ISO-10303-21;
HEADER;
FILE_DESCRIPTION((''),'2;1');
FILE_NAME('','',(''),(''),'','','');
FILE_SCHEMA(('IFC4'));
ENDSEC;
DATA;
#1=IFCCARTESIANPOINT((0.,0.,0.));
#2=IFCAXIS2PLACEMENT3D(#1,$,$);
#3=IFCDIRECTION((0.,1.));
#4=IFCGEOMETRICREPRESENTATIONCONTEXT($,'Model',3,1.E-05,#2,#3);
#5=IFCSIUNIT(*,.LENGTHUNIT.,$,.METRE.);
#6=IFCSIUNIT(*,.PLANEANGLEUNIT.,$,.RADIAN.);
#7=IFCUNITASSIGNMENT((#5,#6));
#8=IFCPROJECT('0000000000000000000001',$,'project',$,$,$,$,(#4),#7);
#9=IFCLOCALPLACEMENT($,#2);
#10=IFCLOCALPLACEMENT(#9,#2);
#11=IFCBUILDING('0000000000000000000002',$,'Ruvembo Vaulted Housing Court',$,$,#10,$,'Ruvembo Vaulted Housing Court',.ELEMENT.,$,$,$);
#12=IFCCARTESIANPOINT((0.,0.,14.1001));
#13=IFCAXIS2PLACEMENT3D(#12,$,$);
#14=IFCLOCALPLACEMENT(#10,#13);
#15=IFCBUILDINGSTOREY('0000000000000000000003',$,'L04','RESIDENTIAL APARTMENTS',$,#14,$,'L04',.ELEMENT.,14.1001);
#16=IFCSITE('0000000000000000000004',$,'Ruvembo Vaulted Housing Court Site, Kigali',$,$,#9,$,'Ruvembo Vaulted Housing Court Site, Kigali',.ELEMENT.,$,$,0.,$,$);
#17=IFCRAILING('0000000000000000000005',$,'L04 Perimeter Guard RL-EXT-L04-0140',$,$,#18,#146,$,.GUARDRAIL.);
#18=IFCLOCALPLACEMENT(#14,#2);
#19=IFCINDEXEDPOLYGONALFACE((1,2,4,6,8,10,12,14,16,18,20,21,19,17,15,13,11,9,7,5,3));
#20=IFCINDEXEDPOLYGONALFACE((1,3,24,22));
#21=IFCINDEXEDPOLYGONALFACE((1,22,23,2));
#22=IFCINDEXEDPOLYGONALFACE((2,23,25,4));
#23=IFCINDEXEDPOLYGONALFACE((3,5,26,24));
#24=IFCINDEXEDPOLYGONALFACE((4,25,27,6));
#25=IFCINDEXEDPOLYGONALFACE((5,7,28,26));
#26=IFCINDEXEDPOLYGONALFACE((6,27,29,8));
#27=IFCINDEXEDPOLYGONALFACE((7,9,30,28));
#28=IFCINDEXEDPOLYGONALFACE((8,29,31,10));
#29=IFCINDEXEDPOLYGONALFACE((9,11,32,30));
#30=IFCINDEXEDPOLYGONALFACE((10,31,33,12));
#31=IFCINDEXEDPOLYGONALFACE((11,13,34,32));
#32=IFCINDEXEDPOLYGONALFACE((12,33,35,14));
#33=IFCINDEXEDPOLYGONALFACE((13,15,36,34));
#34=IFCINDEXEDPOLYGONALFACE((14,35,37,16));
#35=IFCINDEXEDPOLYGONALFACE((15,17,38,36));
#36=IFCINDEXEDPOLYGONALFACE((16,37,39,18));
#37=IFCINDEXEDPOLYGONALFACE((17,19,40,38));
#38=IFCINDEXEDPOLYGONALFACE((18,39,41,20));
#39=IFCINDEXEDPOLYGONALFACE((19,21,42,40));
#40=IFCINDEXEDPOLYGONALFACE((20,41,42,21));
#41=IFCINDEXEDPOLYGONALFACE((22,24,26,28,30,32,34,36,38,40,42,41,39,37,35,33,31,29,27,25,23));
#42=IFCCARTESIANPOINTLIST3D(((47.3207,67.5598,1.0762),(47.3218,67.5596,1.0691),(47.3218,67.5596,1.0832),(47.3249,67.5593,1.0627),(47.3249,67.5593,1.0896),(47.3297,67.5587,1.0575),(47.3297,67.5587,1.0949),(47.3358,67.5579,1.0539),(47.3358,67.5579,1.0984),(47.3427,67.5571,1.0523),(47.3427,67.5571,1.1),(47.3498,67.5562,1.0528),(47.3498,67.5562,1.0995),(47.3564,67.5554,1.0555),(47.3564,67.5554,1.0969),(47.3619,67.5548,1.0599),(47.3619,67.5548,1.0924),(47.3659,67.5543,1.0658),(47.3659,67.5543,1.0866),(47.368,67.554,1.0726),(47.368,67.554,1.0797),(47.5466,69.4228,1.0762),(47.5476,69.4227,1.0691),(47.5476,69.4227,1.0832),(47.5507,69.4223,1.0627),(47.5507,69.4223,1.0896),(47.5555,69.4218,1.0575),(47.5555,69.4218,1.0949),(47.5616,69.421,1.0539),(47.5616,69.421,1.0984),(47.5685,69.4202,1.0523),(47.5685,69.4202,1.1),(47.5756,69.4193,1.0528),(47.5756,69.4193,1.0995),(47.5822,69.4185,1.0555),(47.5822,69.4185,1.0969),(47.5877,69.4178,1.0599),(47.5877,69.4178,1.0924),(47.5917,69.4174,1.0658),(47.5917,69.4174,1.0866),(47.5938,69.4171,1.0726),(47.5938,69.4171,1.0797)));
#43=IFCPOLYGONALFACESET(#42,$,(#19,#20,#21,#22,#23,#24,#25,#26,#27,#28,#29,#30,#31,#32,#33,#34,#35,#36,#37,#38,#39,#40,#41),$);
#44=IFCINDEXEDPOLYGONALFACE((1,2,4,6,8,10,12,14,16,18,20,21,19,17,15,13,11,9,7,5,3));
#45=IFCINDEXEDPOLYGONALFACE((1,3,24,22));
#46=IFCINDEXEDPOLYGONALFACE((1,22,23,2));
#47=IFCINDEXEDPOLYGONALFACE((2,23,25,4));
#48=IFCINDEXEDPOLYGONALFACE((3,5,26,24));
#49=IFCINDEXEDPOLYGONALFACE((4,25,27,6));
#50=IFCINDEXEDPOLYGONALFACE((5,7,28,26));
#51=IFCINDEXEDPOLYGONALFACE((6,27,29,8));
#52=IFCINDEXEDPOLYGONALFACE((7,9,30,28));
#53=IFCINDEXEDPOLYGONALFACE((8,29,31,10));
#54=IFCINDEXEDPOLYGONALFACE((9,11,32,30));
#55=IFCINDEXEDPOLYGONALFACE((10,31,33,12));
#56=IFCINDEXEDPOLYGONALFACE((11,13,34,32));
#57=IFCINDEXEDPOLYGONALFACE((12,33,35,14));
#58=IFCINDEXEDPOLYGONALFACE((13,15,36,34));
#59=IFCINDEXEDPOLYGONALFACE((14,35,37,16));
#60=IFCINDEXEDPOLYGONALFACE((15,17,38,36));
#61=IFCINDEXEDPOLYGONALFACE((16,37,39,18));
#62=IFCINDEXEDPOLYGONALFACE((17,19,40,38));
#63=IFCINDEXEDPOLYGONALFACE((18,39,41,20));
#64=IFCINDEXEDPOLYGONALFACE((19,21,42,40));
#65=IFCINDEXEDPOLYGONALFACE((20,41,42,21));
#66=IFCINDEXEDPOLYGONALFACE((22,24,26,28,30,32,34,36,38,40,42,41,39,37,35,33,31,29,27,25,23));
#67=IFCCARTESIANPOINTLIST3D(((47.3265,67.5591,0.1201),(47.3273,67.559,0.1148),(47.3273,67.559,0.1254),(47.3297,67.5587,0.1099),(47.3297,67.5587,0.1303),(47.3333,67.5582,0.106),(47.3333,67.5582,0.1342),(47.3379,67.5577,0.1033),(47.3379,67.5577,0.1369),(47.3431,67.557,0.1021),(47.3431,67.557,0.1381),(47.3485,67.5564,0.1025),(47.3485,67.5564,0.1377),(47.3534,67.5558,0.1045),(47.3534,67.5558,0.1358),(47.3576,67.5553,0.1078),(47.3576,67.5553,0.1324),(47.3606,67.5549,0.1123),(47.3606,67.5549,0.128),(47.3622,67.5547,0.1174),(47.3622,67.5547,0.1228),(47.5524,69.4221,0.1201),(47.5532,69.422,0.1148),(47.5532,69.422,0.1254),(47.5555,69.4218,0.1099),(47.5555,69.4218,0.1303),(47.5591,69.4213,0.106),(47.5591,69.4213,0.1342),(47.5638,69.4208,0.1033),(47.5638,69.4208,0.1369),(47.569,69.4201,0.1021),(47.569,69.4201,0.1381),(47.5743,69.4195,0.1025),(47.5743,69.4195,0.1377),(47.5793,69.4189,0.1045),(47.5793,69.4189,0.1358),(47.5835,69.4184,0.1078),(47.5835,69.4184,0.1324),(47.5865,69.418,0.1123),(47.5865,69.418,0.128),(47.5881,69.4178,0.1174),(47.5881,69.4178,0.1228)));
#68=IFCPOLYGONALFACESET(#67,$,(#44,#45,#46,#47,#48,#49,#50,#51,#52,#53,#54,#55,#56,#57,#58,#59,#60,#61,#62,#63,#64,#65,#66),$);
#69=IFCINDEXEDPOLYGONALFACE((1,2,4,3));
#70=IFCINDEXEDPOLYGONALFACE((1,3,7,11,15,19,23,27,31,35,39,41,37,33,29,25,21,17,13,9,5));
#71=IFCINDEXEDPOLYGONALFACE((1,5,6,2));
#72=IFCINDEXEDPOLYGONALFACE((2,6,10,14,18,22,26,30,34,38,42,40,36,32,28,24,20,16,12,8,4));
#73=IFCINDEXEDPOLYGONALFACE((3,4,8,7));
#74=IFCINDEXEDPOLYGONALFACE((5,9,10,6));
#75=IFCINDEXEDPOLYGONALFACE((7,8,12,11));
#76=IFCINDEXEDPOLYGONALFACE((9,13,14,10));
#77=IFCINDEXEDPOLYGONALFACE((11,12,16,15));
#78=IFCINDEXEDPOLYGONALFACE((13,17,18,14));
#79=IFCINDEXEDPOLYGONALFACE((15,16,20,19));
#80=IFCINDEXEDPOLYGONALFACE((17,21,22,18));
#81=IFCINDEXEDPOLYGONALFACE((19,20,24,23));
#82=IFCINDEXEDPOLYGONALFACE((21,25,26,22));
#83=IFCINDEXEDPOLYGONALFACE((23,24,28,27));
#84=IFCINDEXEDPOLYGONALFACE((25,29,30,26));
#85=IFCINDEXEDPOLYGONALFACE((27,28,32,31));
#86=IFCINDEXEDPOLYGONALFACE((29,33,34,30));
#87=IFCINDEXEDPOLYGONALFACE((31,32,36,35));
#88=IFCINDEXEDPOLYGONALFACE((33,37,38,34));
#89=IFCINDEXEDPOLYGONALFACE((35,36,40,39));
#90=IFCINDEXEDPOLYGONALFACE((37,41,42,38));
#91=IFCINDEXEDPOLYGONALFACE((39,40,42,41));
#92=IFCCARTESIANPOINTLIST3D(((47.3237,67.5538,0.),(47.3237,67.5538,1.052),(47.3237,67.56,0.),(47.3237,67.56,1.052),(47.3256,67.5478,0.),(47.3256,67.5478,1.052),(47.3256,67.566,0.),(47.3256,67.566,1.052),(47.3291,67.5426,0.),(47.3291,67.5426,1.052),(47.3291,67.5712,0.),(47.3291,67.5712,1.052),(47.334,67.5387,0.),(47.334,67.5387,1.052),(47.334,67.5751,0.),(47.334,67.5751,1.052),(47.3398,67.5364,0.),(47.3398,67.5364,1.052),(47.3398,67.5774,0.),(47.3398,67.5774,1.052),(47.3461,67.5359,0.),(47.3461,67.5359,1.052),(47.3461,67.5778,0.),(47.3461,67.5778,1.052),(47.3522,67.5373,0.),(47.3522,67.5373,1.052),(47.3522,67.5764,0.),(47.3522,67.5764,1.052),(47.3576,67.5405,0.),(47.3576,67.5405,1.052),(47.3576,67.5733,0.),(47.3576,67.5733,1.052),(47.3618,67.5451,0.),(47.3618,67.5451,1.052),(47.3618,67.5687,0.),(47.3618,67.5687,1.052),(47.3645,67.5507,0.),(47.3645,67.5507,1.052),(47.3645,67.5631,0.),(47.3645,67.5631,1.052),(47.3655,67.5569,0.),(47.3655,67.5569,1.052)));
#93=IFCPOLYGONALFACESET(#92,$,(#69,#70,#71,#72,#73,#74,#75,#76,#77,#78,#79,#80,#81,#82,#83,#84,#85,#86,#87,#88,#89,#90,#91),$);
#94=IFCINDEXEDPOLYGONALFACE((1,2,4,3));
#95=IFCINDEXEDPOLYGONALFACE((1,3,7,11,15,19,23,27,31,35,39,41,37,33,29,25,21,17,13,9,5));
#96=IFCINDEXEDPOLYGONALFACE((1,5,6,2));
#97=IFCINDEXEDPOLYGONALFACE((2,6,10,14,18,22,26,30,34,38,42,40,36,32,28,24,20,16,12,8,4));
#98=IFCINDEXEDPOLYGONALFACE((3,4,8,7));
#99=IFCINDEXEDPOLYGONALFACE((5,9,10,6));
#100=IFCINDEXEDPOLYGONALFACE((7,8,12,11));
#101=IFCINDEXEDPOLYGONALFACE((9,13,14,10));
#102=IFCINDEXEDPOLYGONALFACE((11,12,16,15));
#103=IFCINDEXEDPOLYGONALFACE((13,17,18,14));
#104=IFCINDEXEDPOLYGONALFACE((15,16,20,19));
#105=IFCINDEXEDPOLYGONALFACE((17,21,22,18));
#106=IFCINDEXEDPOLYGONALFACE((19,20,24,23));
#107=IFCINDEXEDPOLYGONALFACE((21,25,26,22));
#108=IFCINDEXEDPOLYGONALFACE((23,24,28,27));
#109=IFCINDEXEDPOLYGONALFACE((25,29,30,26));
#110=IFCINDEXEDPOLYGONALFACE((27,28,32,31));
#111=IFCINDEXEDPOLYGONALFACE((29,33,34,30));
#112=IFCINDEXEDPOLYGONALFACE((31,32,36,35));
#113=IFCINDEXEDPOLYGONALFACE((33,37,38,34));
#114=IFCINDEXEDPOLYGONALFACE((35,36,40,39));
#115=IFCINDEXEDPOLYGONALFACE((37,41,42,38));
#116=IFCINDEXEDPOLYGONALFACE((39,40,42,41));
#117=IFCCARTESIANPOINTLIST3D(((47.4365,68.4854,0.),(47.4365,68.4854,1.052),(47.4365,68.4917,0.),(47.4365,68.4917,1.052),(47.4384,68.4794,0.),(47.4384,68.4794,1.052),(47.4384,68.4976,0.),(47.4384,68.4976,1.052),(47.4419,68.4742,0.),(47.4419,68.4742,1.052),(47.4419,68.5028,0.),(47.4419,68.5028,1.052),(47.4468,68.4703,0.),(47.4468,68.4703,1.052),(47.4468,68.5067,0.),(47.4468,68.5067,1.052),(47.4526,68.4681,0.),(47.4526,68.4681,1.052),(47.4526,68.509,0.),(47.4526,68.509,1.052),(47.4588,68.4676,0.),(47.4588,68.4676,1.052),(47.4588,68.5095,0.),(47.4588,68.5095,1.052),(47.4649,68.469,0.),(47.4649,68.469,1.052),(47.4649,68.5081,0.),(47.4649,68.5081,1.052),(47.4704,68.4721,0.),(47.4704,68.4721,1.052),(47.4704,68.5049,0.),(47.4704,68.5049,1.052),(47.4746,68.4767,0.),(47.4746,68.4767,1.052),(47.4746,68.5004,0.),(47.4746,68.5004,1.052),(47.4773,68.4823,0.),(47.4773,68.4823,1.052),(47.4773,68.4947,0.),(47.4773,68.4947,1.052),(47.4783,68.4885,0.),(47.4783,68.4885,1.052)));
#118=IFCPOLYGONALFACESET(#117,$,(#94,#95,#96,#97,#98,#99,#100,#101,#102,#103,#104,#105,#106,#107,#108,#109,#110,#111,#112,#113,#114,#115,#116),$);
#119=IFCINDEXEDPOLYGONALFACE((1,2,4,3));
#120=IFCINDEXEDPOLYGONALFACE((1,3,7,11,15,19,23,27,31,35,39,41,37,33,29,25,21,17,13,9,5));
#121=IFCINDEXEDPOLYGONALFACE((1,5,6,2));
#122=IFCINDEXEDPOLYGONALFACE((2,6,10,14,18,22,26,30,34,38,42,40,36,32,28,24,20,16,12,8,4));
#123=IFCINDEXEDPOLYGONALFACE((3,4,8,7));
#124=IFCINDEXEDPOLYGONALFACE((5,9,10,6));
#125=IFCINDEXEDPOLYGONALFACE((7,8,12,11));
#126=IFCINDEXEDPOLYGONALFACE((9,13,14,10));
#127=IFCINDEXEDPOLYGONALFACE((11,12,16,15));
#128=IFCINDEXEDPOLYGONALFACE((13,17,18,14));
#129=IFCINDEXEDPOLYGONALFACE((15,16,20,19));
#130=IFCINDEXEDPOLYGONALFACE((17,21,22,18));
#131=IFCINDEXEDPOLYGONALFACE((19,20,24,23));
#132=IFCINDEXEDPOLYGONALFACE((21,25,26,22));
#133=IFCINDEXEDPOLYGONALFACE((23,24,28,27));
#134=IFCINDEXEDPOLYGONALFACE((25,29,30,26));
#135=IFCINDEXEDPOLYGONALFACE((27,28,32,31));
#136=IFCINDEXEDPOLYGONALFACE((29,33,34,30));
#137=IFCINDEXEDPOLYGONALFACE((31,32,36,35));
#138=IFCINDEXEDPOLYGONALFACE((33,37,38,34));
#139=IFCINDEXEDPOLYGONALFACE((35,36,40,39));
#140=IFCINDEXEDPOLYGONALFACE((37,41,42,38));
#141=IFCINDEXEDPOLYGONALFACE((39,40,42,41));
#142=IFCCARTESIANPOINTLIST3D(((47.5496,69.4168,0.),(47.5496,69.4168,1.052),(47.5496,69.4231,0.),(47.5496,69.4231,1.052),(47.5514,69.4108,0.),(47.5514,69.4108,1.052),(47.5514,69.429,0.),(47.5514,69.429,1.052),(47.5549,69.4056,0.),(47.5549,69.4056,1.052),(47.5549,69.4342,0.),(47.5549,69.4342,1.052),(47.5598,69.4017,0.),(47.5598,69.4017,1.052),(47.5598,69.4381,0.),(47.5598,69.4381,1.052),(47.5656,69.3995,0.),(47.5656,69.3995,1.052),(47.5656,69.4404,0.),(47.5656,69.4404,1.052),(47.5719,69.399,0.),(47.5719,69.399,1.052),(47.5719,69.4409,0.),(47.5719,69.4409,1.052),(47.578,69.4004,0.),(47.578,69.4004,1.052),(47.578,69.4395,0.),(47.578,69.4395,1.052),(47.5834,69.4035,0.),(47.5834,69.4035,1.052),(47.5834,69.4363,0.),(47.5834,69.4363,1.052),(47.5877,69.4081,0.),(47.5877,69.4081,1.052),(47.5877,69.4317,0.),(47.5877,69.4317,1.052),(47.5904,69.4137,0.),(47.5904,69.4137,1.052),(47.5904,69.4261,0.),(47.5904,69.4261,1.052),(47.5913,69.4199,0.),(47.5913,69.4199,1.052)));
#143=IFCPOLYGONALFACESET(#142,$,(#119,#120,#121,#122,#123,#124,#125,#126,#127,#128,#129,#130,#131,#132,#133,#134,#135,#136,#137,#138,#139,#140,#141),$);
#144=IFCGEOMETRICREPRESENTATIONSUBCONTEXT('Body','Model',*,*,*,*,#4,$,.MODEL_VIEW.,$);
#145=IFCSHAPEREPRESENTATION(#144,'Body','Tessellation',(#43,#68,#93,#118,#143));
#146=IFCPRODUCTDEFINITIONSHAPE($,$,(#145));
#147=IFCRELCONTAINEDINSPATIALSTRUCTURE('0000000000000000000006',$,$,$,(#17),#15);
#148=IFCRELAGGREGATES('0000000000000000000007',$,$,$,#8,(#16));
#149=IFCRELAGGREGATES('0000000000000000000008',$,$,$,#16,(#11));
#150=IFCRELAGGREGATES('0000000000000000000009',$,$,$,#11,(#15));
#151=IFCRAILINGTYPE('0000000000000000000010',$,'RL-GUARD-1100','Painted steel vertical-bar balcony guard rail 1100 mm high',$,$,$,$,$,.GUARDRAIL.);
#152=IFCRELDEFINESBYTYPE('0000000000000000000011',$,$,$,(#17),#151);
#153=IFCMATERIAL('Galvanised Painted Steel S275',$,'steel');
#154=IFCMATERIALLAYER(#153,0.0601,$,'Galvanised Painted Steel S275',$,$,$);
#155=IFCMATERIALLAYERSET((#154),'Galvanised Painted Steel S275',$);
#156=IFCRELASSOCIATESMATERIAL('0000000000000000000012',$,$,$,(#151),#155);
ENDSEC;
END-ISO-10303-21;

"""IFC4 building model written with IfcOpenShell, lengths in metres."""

from ifc_helpers import new_model, si_unit, direction, frame, origin, origin_2d, place, context, subcontext, project, spatial, circle, extrude, material, layer, layer_set, type_object, element, save


model = new_model("IFC4")

# Units and contexts
model_context = context("Model", 3, precision=1e-05, world=origin(), true_north=direction((0.0, 1.0)))
body_context = subcontext(model_context, "Body", "Model", "MODEL_VIEW")
ifc_project = project(units=[si_unit("LENGTHUNIT", "METRE"), si_unit("PLANEANGLEUNIT", "RADIAN")], contexts=[model_context])

# Site, building, storey
site_placement = place(None, origin())
site = spatial("IfcSite", under=ifc_project, at=site_placement, Name="Ruvembo Vaulted Housing Court Site, Kigali", LongName="Ruvembo Vaulted Housing Court Site, Kigali", CompositionType="ELEMENT", RefElevation=0.0)
building_placement = place(site_placement, origin())
building = spatial("IfcBuilding", under=site, at=building_placement, Name="Ruvembo Vaulted Housing Court", LongName="Ruvembo Vaulted Housing Court", CompositionType="ELEMENT")
storey_placement = place(building_placement, frame((0.0, 0.0, 14.1001)))
storey = spatial("IfcBuildingStorey", under=building, at=storey_placement, Name="L04", Description="RESIDENTIAL APARTMENTS", LongName="L04", CompositionType="ELEMENT", Elevation=14.1001)

# Railing
ifc_material_1 = material(Name="Galvanised Painted Steel S275", Category="steel")
ifc_layer = layer(ifc_material_1, 0.0601, Name="Galvanised Painted Steel S275")
ifc_layer_set = layer_set([ifc_layer], Name="Galvanised Painted Steel S275")
railing_type = type_object("IfcRailingType", Name="RL-GUARD-1100", Description="Painted steel vertical-bar balcony guard rail 1100 mm high", PredefinedType="GUARDRAIL", material=ifc_layer_set)
railing_1_placement = place(storey_placement, frame((47.3445, 67.5569, 0.0)))
element("IfcRailing", 1, at=railing_1_placement, inside=storey, type_object=railing_type, Name="L04 Perimeter Guard RL-EXT-L04-0140", PredefinedType="GUARDRAIL", context=body_context, shape_type="SweptSolid", body=[
    extrude(circle(Radius=0.0239, at=origin_2d()), frame((0.0, 0.0, 1.0762), z_axis=(0.120335, 0.992733, 0.0), x_axis=(-0.992733, 0.120335, 0.0)), (0.0, 0.0, 1.0), 1.8767),
    extrude(circle(Radius=0.0181, at=origin_2d()), frame((0.0, 0.0, 0.1201), z_axis=(0.120335, 0.992733, 0.0), x_axis=(-0.992733, 0.120335, 0.0)), (0.0, 0.0, 1.0), 1.8767),
    extrude(circle(Radius=0.021, at=origin_2d()), origin(), (0.0, 0.0, 1.0), 1.052),
    extrude(circle(Radius=0.021, at=origin_2d()), frame((0.1128, 0.9316, 0.0)), (0.0, 0.0, 1.0), 1.052),
    extrude(circle(Radius=0.021, at=origin_2d()), frame((0.2258, 1.863, 0.0)), (0.0, 0.0, 1.0), 1.052),
])

save(model, "model.ifc")
